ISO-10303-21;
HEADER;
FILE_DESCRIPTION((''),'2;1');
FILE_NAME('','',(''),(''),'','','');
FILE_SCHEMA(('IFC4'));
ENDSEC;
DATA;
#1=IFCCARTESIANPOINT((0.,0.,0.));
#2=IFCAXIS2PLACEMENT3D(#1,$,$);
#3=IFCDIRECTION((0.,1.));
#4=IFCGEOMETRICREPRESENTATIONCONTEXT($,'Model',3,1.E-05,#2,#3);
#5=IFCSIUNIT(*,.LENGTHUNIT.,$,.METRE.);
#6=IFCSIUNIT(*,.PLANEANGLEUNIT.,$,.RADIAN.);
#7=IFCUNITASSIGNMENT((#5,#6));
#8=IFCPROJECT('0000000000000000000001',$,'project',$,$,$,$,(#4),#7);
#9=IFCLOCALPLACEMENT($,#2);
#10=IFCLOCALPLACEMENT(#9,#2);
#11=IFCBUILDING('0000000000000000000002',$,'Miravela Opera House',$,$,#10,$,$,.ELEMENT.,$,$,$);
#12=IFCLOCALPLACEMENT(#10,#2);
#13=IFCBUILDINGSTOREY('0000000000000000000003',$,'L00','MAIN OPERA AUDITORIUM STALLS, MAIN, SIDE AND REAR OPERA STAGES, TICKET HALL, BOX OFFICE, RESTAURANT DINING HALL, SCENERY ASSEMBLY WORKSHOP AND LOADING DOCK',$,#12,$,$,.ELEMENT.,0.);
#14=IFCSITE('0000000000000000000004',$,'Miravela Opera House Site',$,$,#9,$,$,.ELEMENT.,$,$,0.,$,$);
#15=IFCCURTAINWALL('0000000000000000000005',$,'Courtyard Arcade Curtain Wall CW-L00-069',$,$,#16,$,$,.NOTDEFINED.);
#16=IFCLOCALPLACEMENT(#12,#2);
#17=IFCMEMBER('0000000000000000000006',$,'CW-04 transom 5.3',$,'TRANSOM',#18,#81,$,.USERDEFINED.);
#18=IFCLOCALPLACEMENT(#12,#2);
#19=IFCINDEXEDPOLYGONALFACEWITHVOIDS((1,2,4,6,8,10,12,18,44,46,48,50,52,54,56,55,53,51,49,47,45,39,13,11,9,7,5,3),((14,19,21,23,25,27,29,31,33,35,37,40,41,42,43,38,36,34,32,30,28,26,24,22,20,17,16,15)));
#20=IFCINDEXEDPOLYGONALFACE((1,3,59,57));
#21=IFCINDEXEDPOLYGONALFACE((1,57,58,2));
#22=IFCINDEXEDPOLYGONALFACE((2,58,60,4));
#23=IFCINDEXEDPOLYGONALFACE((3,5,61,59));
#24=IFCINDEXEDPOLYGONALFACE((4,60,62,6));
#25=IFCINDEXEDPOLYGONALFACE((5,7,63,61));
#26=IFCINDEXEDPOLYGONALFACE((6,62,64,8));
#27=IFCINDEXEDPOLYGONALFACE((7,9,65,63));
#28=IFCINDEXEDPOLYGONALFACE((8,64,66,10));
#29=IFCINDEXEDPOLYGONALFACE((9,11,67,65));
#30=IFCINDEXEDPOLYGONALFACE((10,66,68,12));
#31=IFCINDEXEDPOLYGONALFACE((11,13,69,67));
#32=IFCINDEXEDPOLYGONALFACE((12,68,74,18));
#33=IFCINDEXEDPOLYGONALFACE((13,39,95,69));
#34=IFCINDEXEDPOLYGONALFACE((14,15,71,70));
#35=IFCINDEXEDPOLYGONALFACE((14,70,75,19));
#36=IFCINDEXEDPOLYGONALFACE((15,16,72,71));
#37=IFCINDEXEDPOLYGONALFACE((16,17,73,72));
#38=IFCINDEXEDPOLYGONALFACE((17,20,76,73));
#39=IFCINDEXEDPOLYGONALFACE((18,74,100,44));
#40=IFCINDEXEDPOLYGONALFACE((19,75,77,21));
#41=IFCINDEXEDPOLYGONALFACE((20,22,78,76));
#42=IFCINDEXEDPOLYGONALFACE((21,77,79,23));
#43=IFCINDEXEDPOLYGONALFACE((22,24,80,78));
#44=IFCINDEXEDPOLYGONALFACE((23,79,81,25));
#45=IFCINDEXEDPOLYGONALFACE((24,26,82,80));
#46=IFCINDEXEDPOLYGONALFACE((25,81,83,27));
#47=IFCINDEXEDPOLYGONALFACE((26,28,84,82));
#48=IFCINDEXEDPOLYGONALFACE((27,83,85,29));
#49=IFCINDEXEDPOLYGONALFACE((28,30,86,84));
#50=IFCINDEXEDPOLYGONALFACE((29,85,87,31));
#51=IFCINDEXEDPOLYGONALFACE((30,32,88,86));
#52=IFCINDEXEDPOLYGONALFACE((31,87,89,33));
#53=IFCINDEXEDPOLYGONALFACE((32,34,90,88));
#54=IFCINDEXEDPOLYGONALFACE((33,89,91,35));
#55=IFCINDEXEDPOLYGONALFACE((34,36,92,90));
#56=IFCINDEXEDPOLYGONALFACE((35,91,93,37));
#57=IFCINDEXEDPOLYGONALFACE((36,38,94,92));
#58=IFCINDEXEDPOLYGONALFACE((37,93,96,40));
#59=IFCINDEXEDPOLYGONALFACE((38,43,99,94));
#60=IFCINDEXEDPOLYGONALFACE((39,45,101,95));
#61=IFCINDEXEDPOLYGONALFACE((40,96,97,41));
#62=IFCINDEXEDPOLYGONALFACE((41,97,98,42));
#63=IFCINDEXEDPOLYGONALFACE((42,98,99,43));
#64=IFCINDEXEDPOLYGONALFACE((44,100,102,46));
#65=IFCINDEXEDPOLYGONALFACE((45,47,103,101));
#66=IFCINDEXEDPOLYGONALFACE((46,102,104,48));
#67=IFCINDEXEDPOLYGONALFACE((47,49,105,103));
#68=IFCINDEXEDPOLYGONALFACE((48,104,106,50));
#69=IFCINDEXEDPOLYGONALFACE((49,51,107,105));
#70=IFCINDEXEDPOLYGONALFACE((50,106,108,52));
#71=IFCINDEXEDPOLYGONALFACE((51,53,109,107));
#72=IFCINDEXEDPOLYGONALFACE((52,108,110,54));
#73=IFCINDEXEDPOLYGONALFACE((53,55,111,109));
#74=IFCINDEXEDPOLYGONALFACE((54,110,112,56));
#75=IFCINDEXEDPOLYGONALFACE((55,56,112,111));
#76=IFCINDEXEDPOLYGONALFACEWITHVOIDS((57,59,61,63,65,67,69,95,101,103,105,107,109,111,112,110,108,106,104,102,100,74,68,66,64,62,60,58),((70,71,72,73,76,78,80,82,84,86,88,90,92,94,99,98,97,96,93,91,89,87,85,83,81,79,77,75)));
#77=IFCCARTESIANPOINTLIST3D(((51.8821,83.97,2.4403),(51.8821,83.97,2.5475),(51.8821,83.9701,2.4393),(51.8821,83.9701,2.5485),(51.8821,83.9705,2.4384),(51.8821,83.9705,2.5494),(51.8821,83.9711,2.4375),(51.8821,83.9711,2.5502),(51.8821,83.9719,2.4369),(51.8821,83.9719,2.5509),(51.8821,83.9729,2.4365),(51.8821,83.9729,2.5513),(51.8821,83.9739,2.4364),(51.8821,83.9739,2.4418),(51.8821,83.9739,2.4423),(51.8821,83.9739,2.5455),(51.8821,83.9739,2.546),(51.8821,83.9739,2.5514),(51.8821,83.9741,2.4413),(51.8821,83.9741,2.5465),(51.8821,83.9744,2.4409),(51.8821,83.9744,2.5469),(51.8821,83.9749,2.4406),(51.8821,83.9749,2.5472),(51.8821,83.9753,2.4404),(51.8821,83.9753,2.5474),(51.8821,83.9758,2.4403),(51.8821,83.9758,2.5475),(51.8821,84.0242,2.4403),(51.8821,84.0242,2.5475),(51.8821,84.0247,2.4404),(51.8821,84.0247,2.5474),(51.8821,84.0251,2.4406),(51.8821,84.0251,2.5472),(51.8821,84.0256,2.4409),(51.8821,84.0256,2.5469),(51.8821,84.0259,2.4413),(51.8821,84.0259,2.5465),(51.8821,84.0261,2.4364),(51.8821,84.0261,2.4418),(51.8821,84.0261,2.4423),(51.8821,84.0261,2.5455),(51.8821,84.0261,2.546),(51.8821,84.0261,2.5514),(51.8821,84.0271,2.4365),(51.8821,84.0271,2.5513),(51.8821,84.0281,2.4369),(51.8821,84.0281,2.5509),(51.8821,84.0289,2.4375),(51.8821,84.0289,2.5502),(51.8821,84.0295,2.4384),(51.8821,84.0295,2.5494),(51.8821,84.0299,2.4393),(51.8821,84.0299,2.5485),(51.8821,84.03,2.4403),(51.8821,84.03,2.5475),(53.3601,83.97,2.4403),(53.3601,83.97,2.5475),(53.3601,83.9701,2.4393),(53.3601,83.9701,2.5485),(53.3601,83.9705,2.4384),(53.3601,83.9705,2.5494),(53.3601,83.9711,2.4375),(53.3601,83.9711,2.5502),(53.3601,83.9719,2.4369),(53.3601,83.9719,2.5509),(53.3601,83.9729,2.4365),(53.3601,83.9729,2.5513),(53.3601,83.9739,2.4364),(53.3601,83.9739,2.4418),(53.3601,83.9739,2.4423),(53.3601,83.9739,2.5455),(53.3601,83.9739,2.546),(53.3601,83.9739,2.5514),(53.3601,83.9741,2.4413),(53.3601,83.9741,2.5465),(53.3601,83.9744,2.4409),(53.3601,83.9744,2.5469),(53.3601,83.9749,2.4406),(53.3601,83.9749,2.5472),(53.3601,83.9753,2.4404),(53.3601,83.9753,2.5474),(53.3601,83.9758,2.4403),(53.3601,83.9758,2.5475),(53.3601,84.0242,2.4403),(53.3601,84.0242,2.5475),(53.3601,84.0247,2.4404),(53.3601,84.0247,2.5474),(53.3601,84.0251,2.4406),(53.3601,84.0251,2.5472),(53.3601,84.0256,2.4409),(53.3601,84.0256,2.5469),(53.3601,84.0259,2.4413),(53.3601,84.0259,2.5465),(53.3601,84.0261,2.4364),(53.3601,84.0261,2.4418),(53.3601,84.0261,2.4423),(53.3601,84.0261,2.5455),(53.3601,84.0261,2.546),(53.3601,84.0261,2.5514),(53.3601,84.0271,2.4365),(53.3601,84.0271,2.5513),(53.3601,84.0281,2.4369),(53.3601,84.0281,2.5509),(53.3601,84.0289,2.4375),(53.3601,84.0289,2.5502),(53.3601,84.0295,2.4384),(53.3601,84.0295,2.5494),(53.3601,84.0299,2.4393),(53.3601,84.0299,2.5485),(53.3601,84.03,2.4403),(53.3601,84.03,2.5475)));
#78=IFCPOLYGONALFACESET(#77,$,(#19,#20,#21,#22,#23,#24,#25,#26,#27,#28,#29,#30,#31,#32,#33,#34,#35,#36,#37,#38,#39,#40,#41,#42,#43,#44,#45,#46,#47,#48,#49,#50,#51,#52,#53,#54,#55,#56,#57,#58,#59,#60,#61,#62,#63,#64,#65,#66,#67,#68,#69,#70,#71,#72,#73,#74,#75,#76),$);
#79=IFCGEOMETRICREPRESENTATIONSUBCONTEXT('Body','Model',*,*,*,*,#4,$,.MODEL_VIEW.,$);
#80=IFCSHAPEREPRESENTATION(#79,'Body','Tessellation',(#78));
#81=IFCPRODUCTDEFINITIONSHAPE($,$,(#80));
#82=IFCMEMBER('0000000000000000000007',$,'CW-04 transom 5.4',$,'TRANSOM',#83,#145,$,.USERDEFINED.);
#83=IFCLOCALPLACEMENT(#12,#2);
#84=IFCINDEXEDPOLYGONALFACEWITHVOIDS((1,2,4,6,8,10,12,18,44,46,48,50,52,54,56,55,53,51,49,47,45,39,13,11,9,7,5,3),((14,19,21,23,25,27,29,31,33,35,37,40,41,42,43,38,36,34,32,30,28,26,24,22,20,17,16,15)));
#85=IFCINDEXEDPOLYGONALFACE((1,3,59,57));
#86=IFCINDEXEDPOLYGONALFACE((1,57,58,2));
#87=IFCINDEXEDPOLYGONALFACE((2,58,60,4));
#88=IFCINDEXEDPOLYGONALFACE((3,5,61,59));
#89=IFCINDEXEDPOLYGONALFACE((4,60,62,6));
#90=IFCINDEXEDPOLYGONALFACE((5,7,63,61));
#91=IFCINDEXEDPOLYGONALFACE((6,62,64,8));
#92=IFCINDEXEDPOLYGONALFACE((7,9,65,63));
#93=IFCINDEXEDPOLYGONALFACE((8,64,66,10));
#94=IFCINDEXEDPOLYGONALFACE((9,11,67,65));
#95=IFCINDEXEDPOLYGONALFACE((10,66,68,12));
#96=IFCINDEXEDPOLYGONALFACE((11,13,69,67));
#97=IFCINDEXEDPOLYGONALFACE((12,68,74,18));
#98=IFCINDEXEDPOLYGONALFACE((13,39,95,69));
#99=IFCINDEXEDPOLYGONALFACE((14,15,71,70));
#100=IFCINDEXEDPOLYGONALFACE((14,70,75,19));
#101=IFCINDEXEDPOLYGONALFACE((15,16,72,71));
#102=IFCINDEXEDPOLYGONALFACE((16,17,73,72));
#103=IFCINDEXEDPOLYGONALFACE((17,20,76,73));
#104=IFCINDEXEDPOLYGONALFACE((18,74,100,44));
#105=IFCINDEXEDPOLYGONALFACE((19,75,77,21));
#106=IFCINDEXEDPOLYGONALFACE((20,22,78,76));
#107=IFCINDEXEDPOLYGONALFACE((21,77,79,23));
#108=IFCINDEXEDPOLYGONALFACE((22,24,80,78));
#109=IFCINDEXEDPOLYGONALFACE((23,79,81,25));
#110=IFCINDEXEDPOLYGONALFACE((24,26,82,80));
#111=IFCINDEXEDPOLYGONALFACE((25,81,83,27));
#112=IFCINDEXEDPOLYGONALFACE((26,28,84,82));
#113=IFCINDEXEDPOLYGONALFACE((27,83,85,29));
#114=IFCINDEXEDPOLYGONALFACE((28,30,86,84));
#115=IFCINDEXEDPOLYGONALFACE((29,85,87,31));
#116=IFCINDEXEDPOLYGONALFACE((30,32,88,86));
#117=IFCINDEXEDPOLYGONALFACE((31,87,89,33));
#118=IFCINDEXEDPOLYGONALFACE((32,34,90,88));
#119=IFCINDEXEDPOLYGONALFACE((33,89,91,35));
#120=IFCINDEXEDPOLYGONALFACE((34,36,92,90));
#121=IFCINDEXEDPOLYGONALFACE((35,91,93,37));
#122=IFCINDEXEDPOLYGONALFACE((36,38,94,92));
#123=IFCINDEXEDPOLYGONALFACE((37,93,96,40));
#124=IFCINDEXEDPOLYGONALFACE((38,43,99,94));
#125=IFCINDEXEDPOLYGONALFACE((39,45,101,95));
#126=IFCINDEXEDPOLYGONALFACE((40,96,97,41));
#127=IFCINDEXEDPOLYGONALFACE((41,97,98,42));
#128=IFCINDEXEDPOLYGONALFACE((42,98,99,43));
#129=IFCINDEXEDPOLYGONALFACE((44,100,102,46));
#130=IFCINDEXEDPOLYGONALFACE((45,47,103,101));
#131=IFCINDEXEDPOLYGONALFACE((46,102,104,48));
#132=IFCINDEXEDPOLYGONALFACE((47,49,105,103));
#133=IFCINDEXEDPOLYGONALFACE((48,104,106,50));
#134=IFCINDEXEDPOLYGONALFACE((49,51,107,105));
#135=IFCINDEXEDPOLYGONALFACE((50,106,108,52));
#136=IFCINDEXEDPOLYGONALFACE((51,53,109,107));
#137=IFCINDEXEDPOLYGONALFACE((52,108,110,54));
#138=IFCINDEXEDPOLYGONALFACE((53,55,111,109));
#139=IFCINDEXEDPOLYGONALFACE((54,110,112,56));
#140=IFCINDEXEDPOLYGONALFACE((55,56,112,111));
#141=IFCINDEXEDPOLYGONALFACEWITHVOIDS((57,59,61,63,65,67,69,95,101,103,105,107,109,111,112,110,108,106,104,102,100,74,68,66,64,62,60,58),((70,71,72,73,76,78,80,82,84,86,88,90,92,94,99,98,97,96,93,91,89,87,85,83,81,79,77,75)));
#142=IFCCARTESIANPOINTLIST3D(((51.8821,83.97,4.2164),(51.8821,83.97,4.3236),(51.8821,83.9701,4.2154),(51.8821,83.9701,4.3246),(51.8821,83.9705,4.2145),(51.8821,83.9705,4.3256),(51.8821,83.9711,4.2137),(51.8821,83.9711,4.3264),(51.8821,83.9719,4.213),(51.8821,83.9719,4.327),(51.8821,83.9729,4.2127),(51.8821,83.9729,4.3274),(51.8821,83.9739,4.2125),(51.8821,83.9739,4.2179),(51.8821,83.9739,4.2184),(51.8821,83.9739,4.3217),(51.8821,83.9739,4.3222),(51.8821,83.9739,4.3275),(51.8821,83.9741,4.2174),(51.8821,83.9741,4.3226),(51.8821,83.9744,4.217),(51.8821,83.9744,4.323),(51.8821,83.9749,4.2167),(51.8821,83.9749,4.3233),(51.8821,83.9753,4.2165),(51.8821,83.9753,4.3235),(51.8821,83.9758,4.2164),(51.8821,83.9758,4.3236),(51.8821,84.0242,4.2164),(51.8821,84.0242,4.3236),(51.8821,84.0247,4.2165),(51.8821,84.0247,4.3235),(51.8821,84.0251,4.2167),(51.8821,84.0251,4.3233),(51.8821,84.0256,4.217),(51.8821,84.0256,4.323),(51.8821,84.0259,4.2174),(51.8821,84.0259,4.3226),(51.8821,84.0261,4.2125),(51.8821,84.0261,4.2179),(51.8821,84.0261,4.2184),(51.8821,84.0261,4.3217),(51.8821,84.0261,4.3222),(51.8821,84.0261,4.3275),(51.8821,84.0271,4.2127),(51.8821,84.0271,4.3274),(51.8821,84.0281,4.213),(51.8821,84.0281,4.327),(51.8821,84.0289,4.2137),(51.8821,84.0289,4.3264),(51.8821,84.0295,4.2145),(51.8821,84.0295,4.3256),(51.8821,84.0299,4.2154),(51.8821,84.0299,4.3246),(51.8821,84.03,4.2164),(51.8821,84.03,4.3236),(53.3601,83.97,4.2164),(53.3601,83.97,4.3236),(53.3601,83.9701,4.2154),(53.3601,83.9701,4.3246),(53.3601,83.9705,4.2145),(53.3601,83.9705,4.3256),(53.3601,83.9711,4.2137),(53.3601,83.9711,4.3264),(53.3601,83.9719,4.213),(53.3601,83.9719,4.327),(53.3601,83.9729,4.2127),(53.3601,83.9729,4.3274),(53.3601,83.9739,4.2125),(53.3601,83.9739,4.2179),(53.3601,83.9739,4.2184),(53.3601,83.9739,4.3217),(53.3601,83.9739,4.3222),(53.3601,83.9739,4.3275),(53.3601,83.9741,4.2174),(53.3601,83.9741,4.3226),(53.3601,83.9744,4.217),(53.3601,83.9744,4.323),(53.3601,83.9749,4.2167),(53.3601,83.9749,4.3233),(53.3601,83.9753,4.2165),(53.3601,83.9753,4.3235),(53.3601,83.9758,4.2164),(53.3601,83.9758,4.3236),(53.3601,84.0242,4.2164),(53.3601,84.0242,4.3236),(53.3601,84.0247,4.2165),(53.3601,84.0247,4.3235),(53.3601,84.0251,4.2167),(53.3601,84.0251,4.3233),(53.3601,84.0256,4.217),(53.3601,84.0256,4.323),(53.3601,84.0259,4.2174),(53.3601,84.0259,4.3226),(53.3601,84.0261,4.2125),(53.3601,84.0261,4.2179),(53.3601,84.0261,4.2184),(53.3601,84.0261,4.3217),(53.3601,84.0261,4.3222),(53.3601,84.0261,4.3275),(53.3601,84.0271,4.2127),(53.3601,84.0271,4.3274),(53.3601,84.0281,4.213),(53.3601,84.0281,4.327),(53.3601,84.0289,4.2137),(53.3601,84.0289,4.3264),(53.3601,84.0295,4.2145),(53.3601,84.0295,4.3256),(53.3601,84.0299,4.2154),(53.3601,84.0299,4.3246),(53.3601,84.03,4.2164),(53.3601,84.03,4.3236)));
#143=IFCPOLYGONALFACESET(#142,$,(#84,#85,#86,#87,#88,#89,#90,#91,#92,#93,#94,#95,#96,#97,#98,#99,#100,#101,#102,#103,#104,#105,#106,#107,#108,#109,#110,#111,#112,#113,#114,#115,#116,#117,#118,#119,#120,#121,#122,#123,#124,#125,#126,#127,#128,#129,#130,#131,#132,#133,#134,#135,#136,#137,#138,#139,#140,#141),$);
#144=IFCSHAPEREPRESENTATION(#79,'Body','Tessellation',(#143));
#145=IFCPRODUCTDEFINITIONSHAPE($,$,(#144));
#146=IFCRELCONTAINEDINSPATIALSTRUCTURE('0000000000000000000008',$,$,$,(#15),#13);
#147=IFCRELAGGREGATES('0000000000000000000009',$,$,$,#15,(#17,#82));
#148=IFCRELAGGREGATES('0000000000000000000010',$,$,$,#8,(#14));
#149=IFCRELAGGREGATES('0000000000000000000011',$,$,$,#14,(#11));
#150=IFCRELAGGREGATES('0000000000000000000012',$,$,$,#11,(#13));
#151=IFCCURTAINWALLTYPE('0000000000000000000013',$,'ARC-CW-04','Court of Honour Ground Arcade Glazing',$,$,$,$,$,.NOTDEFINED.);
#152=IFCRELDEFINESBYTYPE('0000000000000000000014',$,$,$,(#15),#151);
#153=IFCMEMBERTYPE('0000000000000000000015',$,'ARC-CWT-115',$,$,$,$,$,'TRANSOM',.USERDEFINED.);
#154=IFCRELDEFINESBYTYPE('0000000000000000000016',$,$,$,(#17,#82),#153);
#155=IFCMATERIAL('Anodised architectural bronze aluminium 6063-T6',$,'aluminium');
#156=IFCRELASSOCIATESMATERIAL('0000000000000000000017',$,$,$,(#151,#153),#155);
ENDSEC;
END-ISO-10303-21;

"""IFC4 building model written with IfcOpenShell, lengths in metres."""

from ifc_helpers import new_model, si_unit, direction, frame, origin, origin_2d, place, context, subcontext, project, spatial, hollow_rectangle, extrude, material, material_profile, profile_set, type_object, element, aggregate, save


model = new_model("IFC4")

# Units and contexts
model_context = context("Model", 3, precision=1e-05, world=origin(), true_north=direction((0.0, 1.0)))
body_context = subcontext(model_context, "Body", "Model", "MODEL_VIEW")
ifc_project = project(units=[si_unit("LENGTHUNIT", "METRE"), si_unit("PLANEANGLEUNIT", "RADIAN")], contexts=[model_context])

# Site, building, storey
site_placement = place(None, origin())
site = spatial("IfcSite", under=ifc_project, at=site_placement, Name="Miravela Opera House Site", CompositionType="ELEMENT", RefElevation=0.0)
building_placement = place(site_placement, origin())
building = spatial("IfcBuilding", under=site, at=building_placement, Name="Miravela Opera House", CompositionType="ELEMENT")
storey_placement = place(building_placement, origin())
storey = spatial("IfcBuildingStorey", under=building, at=storey_placement, Name="L00", Description="MAIN OPERA AUDITORIUM STALLS, MAIN, SIDE AND REAR OPERA STAGES, TICKET HALL, BOX OFFICE, RESTAURANT DINING HALL, SCENERY ASSEMBLY WORKSHOP AND LOADING DOCK", CompositionType="ELEMENT", Elevation=0.0)

# Curtain wall
ifc_material_1 = material(Name="Anodised architectural bronze aluminium 6063-T6", Category="aluminium")
curtain_wall_type = type_object("IfcCurtainWallType", Name="ARC-CW-04", Description="Court of Honour Ground Arcade Glazing", PredefinedType="NOTDEFINED", material=ifc_material_1)
curtain_wall_1_placement = place(storey_placement, origin())
curtain_wall_1 = element("IfcCurtainWall", 1, at=curtain_wall_1_placement, inside=storey, type_object=curtain_wall_type, Name="Courtyard Arcade Curtain Wall CW-L00-069", PredefinedType="NOTDEFINED")

# Members
ifc_material_profile_1 = material_profile(ifc_material_1, hollow_rectangle(XDim=0.0601, YDim=0.115, WallThickness=0.0039, InnerFilletRadius=0.002, OuterFilletRadius=0.0039, at=origin_2d()), Name="CWT-60X115")
ifc_profile_set_1 = profile_set([ifc_material_profile_1])
member_type_1 = type_object("IfcMemberType", Name="ARC-CWT-115", ElementType="TRANSOM", PredefinedType="USERDEFINED", material=ifc_profile_set_1)
member_1_placement = place(storey_placement, frame((51.8821, 84.0, 2.4939), z_axis=(1.0, 0.0, 0.0), x_axis=(0.0, 1.0, 0.0)))
member_1 = element("IfcMember", 2, at=member_1_placement, type_object=member_type_1, Name="CW-04 transom 5.3", ObjectType="TRANSOM", PredefinedType="USERDEFINED", context=body_context, shape_type="SweptSolid", body=[
    extrude(hollow_rectangle(XDim=0.0601, YDim=0.115, WallThickness=0.0039, InnerFilletRadius=0.002, OuterFilletRadius=0.0039, at=origin_2d()), origin(), (0.0, 0.0, 1.0), 1.478),
])
member_2_placement = place(storey_placement, frame((51.8821, 84.0, 4.27), z_axis=(1.0, 0.0, 0.0), x_axis=(0.0, 1.0, 0.0)))
member_2 = element("IfcMember", 3, at=member_2_placement, type_object=member_type_1, Name="CW-04 transom 5.4", ObjectType="TRANSOM", PredefinedType="USERDEFINED", context=body_context, shape_type="SweptSolid", body=[
    extrude(hollow_rectangle(XDim=0.0601, YDim=0.115, WallThickness=0.0039, InnerFilletRadius=0.002, OuterFilletRadius=0.0039, at=origin_2d()), origin(), (0.0, 0.0, 1.0), 1.478),
])

aggregate(curtain_wall_1, [member_1, member_2])

save(model, "model.ifc")
